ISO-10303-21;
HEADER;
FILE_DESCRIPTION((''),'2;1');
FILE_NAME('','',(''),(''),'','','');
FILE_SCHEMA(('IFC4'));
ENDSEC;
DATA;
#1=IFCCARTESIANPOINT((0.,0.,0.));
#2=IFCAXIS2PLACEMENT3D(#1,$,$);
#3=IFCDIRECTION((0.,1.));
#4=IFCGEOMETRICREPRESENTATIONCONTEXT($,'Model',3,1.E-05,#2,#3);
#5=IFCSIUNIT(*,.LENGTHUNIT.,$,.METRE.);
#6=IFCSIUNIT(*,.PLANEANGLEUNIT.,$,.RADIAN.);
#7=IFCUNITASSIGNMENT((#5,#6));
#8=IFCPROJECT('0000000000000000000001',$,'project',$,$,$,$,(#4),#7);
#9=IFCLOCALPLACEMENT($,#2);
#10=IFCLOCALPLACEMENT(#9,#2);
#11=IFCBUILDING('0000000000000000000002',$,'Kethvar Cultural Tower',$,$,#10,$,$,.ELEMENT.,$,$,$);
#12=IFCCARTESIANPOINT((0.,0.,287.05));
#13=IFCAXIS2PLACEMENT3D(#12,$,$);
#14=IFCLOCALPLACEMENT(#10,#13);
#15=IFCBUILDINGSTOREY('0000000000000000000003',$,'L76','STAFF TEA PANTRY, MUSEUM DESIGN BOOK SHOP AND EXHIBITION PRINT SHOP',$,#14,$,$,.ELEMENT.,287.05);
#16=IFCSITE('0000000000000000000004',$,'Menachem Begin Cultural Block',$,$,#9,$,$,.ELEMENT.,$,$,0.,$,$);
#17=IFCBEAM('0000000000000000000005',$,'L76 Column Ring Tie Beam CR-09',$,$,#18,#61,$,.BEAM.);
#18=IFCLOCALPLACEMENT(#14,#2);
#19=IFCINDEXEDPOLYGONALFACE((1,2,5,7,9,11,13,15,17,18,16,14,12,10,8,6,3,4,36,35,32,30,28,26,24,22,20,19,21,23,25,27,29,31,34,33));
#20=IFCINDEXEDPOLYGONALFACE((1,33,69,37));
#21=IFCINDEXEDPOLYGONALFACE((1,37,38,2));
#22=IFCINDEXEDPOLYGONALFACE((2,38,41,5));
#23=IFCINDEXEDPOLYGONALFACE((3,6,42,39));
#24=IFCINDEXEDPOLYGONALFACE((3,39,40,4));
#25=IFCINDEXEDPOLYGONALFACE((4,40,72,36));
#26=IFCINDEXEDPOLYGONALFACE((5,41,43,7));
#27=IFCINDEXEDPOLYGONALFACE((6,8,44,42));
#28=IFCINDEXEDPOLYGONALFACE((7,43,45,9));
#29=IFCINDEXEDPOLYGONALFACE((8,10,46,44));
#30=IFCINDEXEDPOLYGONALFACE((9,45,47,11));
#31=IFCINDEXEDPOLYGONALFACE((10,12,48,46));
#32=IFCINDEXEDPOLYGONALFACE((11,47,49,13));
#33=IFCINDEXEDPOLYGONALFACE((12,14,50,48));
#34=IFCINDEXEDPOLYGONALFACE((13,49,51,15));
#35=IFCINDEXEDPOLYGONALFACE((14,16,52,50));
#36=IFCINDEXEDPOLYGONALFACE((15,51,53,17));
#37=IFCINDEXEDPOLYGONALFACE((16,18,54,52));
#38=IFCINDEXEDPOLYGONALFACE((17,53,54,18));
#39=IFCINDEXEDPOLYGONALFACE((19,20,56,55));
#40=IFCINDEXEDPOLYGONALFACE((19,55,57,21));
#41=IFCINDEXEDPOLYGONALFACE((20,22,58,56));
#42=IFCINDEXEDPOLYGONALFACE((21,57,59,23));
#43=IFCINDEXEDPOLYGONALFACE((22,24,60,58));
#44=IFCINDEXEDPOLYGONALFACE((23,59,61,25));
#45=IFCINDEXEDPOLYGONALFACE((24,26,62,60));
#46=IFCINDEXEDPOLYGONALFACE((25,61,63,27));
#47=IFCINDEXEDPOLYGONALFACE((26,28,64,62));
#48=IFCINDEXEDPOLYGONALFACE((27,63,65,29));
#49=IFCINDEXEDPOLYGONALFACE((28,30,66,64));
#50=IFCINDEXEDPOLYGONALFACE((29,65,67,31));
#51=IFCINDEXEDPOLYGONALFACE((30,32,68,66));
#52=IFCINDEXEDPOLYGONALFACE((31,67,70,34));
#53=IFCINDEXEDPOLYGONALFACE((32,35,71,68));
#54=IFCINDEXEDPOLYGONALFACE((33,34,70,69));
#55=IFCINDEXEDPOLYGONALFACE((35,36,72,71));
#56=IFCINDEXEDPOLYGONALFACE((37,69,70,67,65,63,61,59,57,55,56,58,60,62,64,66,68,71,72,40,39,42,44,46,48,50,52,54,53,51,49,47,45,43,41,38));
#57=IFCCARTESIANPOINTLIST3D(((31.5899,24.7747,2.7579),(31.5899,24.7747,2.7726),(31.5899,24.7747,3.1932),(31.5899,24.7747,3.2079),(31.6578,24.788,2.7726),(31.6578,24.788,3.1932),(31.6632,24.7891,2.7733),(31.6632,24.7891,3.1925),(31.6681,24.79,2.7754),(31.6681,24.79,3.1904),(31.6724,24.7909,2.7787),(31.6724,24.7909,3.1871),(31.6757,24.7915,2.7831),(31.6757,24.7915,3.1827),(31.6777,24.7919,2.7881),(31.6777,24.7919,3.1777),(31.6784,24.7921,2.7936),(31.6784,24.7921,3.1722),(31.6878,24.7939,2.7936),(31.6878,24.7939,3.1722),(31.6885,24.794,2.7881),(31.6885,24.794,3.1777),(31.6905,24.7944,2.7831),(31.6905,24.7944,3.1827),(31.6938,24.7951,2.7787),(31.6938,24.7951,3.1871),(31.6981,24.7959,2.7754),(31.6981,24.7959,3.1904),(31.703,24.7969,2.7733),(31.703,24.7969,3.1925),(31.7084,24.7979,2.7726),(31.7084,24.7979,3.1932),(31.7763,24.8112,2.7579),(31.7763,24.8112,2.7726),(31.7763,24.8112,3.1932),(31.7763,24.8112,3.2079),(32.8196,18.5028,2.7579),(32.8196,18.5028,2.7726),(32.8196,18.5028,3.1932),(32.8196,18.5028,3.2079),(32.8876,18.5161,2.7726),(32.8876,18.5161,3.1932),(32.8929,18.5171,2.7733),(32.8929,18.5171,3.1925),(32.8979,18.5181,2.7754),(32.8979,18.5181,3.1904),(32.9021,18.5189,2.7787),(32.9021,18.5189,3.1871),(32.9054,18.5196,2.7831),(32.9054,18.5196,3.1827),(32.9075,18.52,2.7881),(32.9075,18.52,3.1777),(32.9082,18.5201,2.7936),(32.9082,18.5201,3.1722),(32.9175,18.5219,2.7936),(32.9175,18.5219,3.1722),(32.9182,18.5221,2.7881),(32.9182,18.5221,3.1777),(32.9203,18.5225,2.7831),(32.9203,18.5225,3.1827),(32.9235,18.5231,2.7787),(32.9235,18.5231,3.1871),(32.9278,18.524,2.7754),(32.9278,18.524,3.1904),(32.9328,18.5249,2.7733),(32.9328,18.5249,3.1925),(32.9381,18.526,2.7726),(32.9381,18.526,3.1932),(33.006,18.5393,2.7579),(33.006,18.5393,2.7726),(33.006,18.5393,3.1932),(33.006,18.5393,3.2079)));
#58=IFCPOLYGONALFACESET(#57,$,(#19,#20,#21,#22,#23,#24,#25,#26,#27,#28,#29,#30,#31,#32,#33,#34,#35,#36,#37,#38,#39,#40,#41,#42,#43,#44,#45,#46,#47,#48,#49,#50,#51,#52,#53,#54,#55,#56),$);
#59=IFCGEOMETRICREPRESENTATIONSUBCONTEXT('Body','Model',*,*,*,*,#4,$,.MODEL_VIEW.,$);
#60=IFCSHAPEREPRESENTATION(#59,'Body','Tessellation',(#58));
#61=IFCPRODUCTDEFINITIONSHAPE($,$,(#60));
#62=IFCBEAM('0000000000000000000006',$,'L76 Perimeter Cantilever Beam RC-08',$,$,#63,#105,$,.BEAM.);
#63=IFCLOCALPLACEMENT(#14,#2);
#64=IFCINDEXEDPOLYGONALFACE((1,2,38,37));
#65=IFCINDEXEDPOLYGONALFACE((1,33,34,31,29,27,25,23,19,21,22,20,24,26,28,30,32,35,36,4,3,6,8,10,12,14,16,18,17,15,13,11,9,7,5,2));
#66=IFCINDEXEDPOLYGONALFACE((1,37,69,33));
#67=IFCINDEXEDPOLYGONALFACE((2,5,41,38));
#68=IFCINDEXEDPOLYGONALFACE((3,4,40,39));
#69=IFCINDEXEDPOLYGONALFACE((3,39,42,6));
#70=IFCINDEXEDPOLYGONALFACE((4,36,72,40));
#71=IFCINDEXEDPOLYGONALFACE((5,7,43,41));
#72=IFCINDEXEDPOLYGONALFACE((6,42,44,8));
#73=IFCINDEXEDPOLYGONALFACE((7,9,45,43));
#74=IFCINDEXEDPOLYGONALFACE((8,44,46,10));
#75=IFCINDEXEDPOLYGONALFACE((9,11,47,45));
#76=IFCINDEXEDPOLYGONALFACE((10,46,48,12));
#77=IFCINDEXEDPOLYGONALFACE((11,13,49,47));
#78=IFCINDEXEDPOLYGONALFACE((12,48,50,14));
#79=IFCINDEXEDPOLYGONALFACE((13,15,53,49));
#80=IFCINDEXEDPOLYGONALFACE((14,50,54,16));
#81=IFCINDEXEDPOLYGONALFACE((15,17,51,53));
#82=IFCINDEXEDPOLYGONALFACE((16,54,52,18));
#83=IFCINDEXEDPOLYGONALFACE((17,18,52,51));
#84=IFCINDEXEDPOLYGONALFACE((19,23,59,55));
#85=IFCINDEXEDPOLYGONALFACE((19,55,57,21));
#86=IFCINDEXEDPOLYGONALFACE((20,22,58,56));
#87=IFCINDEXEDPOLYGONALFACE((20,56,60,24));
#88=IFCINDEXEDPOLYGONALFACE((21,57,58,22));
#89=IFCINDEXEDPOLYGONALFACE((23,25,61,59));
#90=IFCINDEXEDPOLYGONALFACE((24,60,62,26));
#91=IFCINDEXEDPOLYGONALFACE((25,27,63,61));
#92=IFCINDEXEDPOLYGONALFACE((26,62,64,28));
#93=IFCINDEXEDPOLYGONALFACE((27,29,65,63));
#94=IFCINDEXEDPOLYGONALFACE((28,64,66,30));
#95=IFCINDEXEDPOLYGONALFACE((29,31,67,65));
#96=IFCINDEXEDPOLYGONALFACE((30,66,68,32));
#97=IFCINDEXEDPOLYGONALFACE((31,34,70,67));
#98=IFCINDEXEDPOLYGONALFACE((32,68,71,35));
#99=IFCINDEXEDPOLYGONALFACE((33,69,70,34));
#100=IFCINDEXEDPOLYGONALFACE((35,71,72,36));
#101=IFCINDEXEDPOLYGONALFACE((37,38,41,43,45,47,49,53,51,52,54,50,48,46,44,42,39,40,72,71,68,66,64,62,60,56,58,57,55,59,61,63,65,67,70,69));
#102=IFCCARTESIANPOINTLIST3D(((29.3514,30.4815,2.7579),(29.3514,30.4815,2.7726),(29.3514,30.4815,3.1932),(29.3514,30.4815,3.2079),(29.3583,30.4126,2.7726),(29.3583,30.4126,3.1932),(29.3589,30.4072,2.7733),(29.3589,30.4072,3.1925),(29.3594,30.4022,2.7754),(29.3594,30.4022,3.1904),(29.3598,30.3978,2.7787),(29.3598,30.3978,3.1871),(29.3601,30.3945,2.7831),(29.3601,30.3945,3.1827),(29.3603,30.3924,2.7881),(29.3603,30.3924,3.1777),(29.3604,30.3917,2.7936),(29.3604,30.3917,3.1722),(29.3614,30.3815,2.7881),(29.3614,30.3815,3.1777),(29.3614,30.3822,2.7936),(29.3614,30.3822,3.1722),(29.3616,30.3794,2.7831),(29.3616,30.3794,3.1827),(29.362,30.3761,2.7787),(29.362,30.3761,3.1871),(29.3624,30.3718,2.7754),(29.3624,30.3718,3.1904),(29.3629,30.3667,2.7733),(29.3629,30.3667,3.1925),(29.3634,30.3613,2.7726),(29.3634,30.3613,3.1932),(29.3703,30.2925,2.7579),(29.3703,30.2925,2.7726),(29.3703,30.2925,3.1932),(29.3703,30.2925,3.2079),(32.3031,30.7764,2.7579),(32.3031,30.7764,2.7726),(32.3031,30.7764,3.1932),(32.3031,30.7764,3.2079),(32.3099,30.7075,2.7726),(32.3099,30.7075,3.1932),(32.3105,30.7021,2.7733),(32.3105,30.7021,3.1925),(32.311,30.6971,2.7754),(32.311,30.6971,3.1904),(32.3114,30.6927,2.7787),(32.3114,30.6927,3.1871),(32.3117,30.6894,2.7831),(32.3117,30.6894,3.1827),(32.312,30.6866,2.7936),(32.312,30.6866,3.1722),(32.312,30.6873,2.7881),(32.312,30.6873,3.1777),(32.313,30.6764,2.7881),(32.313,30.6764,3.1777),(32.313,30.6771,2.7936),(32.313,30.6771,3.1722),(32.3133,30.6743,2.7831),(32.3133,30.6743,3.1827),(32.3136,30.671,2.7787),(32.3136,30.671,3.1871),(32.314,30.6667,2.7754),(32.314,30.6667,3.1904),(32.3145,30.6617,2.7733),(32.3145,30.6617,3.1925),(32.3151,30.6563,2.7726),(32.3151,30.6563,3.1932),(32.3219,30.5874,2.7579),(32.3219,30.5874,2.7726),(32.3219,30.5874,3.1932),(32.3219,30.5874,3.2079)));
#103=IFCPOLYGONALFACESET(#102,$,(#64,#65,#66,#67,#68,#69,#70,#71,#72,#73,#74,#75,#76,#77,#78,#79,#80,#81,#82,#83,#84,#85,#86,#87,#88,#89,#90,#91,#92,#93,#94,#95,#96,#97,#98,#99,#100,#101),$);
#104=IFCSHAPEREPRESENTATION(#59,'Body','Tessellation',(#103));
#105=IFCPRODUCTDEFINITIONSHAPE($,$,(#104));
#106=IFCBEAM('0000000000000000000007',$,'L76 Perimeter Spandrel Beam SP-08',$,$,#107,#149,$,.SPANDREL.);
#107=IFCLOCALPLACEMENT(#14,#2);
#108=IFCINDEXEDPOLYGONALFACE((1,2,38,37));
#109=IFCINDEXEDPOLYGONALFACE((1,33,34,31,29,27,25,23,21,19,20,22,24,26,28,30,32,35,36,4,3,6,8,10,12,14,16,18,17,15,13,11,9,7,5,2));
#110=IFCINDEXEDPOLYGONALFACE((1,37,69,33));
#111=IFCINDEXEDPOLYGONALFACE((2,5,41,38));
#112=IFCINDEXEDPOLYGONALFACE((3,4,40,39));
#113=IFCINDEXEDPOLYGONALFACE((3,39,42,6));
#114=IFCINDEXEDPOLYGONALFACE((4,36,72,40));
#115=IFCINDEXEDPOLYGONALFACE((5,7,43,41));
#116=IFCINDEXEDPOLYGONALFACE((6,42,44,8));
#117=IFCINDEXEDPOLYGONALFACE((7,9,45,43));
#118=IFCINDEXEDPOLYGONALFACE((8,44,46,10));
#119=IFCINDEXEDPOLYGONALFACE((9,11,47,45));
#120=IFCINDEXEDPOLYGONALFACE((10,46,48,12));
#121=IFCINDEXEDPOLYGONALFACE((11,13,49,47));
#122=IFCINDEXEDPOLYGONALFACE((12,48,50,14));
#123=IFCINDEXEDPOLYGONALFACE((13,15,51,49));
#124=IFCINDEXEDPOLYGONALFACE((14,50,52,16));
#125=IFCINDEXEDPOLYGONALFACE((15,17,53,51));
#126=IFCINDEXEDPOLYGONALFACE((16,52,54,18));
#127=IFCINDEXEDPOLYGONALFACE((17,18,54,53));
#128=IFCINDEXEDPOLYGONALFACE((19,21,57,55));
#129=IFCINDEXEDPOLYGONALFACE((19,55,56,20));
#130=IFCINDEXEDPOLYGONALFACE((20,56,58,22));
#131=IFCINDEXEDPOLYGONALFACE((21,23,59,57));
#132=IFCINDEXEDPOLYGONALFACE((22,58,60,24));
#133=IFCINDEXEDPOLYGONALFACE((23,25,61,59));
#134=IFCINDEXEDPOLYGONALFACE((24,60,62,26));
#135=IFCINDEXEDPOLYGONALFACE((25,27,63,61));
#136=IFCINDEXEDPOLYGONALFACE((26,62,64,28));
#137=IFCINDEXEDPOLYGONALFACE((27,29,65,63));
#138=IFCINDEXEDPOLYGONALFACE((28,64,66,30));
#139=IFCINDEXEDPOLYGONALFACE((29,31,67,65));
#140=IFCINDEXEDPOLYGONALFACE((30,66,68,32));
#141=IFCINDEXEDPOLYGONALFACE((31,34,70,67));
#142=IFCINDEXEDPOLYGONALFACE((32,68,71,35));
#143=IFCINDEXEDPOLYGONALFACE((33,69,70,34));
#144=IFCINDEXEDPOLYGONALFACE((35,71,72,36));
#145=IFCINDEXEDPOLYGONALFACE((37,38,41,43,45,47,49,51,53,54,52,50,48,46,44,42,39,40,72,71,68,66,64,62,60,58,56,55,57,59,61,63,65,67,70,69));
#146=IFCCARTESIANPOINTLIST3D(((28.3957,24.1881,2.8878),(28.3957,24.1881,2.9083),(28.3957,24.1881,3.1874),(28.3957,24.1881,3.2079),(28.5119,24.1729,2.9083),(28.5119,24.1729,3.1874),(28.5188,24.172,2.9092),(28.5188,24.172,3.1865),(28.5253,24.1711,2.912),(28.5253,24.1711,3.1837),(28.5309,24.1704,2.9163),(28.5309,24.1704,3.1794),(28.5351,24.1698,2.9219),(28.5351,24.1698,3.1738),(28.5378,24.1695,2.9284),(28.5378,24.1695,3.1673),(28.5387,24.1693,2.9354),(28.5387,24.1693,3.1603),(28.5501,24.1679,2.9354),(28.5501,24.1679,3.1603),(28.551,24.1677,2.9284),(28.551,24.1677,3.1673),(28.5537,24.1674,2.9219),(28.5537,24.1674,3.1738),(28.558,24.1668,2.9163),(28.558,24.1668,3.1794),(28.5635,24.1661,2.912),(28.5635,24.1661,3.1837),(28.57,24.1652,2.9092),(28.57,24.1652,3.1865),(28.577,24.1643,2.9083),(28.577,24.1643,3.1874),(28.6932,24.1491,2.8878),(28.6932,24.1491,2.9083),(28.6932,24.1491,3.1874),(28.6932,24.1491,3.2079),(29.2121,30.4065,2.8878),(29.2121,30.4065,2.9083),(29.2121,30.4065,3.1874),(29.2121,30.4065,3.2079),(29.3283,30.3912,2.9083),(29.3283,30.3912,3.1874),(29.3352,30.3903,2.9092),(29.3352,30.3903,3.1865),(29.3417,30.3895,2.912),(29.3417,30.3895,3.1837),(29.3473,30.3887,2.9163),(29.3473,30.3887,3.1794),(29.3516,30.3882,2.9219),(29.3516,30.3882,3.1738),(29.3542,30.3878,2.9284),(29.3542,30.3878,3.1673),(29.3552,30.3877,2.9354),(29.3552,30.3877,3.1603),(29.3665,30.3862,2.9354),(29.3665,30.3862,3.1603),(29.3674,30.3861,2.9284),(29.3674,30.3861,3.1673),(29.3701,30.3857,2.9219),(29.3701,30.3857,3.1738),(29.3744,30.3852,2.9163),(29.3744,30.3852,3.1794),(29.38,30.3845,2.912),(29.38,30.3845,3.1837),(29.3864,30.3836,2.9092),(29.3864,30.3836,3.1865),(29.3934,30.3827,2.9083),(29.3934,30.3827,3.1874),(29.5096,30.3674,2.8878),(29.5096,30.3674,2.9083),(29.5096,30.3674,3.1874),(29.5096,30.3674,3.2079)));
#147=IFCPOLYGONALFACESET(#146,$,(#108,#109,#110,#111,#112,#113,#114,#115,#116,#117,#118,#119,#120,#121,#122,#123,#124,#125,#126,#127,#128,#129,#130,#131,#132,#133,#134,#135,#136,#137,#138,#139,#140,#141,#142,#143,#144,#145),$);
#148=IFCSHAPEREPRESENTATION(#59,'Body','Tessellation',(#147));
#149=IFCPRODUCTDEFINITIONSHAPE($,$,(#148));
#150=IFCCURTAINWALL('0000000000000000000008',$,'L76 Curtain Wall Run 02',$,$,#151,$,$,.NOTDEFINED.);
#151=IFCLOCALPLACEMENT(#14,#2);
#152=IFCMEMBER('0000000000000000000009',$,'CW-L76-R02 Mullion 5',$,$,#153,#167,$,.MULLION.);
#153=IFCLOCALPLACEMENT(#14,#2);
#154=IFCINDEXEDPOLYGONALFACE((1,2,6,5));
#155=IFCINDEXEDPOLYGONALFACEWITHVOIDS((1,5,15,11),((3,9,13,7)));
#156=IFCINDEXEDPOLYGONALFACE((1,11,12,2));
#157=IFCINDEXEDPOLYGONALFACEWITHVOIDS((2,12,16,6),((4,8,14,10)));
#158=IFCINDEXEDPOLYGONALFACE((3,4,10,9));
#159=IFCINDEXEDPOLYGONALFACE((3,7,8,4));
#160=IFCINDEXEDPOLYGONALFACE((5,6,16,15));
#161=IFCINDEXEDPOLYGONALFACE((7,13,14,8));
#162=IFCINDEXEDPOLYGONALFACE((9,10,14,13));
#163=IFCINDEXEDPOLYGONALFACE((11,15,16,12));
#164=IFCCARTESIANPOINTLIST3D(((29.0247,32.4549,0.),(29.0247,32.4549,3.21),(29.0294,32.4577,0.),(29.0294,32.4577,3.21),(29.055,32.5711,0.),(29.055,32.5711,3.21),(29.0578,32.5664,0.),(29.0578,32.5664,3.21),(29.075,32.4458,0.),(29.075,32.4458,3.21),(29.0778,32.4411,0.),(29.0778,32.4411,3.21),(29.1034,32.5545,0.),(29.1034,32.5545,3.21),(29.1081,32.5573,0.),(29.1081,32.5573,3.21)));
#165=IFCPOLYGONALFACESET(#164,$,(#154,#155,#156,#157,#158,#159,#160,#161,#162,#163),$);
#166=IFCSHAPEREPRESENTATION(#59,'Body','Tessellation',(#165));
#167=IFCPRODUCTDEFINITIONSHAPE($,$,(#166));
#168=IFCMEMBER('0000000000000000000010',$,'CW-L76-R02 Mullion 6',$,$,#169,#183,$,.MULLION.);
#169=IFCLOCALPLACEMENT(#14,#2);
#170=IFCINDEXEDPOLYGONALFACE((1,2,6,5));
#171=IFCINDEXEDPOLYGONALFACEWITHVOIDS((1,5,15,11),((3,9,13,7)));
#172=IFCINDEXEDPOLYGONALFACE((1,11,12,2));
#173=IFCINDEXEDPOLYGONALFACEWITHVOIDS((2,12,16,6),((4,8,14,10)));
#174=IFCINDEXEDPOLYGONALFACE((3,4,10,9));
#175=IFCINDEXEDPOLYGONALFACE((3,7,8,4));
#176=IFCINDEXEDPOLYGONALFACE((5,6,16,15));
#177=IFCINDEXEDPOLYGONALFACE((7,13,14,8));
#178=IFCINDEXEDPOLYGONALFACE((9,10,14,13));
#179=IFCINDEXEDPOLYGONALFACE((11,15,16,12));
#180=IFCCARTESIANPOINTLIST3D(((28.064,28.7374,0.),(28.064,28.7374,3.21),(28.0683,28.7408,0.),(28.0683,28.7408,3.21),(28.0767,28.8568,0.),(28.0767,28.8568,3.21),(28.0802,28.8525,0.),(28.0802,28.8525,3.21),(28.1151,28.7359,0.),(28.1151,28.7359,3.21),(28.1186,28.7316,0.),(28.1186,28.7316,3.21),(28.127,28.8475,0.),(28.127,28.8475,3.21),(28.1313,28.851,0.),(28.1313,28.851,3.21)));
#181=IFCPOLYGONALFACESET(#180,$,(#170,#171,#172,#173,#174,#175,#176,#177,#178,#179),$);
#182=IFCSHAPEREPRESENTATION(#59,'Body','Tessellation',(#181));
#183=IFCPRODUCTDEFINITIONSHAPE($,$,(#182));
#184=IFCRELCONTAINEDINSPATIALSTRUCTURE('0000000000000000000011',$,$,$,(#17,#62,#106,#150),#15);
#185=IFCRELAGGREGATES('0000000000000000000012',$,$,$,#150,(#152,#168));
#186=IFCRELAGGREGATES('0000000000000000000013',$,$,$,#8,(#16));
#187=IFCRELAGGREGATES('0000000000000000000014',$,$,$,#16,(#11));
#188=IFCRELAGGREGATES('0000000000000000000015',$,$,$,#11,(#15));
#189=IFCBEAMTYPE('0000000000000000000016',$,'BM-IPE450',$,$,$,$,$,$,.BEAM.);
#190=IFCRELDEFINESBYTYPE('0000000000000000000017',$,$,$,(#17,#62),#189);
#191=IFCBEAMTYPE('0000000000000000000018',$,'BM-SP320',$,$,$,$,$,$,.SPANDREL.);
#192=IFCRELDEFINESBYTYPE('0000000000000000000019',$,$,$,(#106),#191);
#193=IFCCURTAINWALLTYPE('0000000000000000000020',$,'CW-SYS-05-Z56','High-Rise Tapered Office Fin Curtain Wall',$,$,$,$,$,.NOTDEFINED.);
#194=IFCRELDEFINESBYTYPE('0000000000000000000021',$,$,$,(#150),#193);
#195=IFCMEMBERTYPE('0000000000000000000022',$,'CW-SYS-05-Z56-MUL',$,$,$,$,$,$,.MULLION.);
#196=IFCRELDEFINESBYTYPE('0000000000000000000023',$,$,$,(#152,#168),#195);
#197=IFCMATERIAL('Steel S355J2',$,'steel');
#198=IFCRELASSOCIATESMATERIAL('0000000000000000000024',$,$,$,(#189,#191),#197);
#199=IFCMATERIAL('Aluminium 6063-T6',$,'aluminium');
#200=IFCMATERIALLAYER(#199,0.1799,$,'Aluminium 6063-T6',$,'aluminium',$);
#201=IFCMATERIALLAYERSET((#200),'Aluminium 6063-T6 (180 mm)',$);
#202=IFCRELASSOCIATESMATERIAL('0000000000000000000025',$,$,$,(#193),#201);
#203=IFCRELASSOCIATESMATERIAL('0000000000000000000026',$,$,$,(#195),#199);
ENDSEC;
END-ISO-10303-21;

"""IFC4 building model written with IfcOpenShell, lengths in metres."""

from ifc_helpers import new_model, si_unit, direction, frame, origin, origin_2d, place, context, subcontext, project, spatial, hollow_rectangle, i_section, extrude, source, transform, mapped, material, layer, layer_set, material_profile, profile_set, type_object, element, aggregate, save


model = new_model("IFC4")

# Units and contexts
model_context = context("Model", 3, precision=1e-05, world=origin(), true_north=direction((0.0, 1.0)))
body_context = subcontext(model_context, "Body", "Model", "MODEL_VIEW")
ifc_project = project(units=[si_unit("LENGTHUNIT", "METRE"), si_unit("PLANEANGLEUNIT", "RADIAN")], contexts=[model_context])

# Site, building, storey
site_placement = place(None, origin())
site = spatial("IfcSite", under=ifc_project, at=site_placement, Name="Menachem Begin Cultural Block", CompositionType="ELEMENT", RefElevation=0.0)
building_placement = place(site_placement, origin())
building = spatial("IfcBuilding", under=site, at=building_placement, Name="Kethvar Cultural Tower", CompositionType="ELEMENT")
storey_placement = place(building_placement, frame((0.0, 0.0, 287.05)))
storey = spatial("IfcBuildingStorey", under=building, at=storey_placement, Name="L76", Description="STAFF TEA PANTRY, MUSEUM DESIGN BOOK SHOP AND EXHIBITION PRINT SHOP", CompositionType="ELEMENT", Elevation=287.05)

# Shared definitions
ifc_material_1 = material(Name="Steel S355J2", Category="steel")

# Beams
ifc_material_profile_1 = material_profile(ifc_material_1, i_section(OverallWidth=0.1899, OverallDepth=0.45, WebThickness=0.0095, FlangeThickness=0.0146, FilletRadius=0.021, at=origin_2d()), Name="Steel S355J2 — IPE450")
ifc_profile_set_1 = profile_set([ifc_material_profile_1], Name="Steel S355J2 — IPE450")
beam_type_1 = type_object("IfcBeamType", Name="BM-IPE450", PredefinedType="BEAM", material=ifc_profile_set_1)
shared_shape_1 = source(origin(), body_context, "Body", "SweptSolid", [
    extrude(i_section(OverallWidth=0.1899, OverallDepth=0.45, WebThickness=0.0095, FlangeThickness=0.0146, FilletRadius=0.021, at=origin_2d()), origin(), (0.0, 0.0, 1.0), 6.3914),
])
beam_1_placement = place(storey_placement, frame((31.6831, 24.793, 2.9829), z_axis=(0.192405, -0.981316, 0.0), x_axis=(0.981316, 0.192405, 0.0)))
element("IfcBeam", 1, at=beam_1_placement, inside=storey, type_object=beam_type_1, Name="L76 Column Ring Tie Beam CR-09", PredefinedType="BEAM", context=body_context, shape_type="MappedRepresentation", body=[
    mapped(shared_shape_1, transform((0.0, 0.0, 0.0), scale=1.0)),
])
shared_shape_2 = source(origin(), body_context, "Body", "SweptSolid", [
    extrude(i_section(OverallWidth=0.1899, OverallDepth=0.45, WebThickness=0.0095, FlangeThickness=0.0146, FilletRadius=0.021, at=origin_2d()), origin(), (0.0, 0.0, 1.0), 2.9663),
])
beam_2_placement = place(storey_placement, frame((32.3125, 30.6819, 2.9829), z_axis=(-0.995045, -0.099422, 0.0), x_axis=(0.099422, -0.995045, 0.0)))
element("IfcBeam", 2, at=beam_2_placement, inside=storey, type_object=beam_type_1, Name="L76 Perimeter Cantilever Beam RC-08", PredefinedType="BEAM", context=body_context, shape_type="MappedRepresentation", body=[
    mapped(shared_shape_2, transform((0.0, 0.0, 0.0), scale=1.0)),
])
ifc_material_profile_2 = material_profile(ifc_material_1, i_section(OverallWidth=0.3, OverallDepth=0.3201, WebThickness=0.0115, FlangeThickness=0.0205, FilletRadius=0.0271, at=origin_2d()), Name="Steel S355J2 — HEB320")
ifc_profile_set_2 = profile_set([ifc_material_profile_2], Name="Steel S355J2 — HEB320")
beam_type_2 = type_object("IfcBeamType", Name="BM-SP320", PredefinedType="SPANDREL", material=ifc_profile_set_2)
shared_shape_3 = source(origin(), body_context, "Body", "SweptSolid", [
    extrude(i_section(OverallWidth=0.3, OverallDepth=0.3201, WebThickness=0.0115, FlangeThickness=0.0205, FilletRadius=0.0271, at=origin_2d()), origin(), (0.0, 0.0, 1.0), 6.2717),
])
beam_3_placement = place(storey_placement, frame((29.3608, 30.387, 3.0479), z_axis=(-0.130175, -0.991491, 0.0), x_axis=(0.991491, -0.130175, 0.0)))
element("IfcBeam", 3, at=beam_3_placement, inside=storey, type_object=beam_type_2, Name="L76 Perimeter Spandrel Beam SP-08", PredefinedType="SPANDREL", context=body_context, shape_type="MappedRepresentation", body=[
    mapped(shared_shape_3, transform((0.0, 0.0, 0.0), scale=1.0)),
])

# Curtain wall, members
ifc_material_2 = material(Name="Aluminium 6063-T6", Category="aluminium")
ifc_layer_1 = layer(ifc_material_2, 0.1799, Name="Aluminium 6063-T6", Category="aluminium")
ifc_layer_set_1 = layer_set([ifc_layer_1], Name="Aluminium 6063-T6 (180 mm)")
curtain_wall_type = type_object("IfcCurtainWallType", Name="CW-SYS-05-Z56", Description="High-Rise Tapered Office Fin Curtain Wall", PredefinedType="NOTDEFINED", material=ifc_layer_set_1)
curtain_wall_1_placement = place(storey_placement, origin())
curtain_wall_1 = element("IfcCurtainWall", 4, at=curtain_wall_1_placement, inside=storey, type_object=curtain_wall_type, Name="L76 Curtain Wall Run 02", PredefinedType="NOTDEFINED")
ifc_material_profile_3 = material_profile(ifc_material_2, hollow_rectangle(XDim=0.0549, YDim=0.1201, WallThickness=0.0039, at=origin_2d()), Name="Aluminium 6063-T6 — RHS120x55x4")
ifc_profile_set_3 = profile_set([ifc_material_profile_3], Name="Aluminium 6063-T6 — RHS120x55x4")
member_type_1 = type_object("IfcMemberType", Name="CW-SYS-05-Z56-MUL", PredefinedType="MULLION", material=ifc_profile_set_3)
shared_shape_4 = source(origin(), body_context, "Body", "SweptSolid", [
    extrude(hollow_rectangle(XDim=0.0549, YDim=0.1201, WallThickness=0.0039, at=origin_2d()), origin(), (0.0, 0.0, 1.0), 3.21),
])
member_1_placement = place(storey_placement, frame((29.0664, 32.5061, 0.0), z_axis=(0.0, 0.0, 1.0), x_axis=(0.967661, -0.252255, 0.0)))
member_1 = element("IfcMember", 5, at=member_1_placement, type_object=member_type_1, Name="CW-L76-R02 Mullion 5", PredefinedType="MULLION", context=body_context, shape_type="MappedRepresentation", body=[
    mapped(shared_shape_4, transform((0.0, 0.0, 0.0), scale=1.0)),
])
member_2_placement = place(storey_placement, frame((28.0977, 28.7942, 0.0), z_axis=(0.0, 0.0, 1.0), x_axis=(0.994375, -0.105917, 0.0)))
member_2 = element("IfcMember", 6, at=member_2_placement, type_object=member_type_1, Name="CW-L76-R02 Mullion 6", PredefinedType="MULLION", context=body_context, shape_type="MappedRepresentation", body=[
    mapped(shared_shape_4, transform((0.0, 0.0, 0.0), scale=1.0)),
])

aggregate(curtain_wall_1, [member_1, member_2])

save(model, "model.ifc")
